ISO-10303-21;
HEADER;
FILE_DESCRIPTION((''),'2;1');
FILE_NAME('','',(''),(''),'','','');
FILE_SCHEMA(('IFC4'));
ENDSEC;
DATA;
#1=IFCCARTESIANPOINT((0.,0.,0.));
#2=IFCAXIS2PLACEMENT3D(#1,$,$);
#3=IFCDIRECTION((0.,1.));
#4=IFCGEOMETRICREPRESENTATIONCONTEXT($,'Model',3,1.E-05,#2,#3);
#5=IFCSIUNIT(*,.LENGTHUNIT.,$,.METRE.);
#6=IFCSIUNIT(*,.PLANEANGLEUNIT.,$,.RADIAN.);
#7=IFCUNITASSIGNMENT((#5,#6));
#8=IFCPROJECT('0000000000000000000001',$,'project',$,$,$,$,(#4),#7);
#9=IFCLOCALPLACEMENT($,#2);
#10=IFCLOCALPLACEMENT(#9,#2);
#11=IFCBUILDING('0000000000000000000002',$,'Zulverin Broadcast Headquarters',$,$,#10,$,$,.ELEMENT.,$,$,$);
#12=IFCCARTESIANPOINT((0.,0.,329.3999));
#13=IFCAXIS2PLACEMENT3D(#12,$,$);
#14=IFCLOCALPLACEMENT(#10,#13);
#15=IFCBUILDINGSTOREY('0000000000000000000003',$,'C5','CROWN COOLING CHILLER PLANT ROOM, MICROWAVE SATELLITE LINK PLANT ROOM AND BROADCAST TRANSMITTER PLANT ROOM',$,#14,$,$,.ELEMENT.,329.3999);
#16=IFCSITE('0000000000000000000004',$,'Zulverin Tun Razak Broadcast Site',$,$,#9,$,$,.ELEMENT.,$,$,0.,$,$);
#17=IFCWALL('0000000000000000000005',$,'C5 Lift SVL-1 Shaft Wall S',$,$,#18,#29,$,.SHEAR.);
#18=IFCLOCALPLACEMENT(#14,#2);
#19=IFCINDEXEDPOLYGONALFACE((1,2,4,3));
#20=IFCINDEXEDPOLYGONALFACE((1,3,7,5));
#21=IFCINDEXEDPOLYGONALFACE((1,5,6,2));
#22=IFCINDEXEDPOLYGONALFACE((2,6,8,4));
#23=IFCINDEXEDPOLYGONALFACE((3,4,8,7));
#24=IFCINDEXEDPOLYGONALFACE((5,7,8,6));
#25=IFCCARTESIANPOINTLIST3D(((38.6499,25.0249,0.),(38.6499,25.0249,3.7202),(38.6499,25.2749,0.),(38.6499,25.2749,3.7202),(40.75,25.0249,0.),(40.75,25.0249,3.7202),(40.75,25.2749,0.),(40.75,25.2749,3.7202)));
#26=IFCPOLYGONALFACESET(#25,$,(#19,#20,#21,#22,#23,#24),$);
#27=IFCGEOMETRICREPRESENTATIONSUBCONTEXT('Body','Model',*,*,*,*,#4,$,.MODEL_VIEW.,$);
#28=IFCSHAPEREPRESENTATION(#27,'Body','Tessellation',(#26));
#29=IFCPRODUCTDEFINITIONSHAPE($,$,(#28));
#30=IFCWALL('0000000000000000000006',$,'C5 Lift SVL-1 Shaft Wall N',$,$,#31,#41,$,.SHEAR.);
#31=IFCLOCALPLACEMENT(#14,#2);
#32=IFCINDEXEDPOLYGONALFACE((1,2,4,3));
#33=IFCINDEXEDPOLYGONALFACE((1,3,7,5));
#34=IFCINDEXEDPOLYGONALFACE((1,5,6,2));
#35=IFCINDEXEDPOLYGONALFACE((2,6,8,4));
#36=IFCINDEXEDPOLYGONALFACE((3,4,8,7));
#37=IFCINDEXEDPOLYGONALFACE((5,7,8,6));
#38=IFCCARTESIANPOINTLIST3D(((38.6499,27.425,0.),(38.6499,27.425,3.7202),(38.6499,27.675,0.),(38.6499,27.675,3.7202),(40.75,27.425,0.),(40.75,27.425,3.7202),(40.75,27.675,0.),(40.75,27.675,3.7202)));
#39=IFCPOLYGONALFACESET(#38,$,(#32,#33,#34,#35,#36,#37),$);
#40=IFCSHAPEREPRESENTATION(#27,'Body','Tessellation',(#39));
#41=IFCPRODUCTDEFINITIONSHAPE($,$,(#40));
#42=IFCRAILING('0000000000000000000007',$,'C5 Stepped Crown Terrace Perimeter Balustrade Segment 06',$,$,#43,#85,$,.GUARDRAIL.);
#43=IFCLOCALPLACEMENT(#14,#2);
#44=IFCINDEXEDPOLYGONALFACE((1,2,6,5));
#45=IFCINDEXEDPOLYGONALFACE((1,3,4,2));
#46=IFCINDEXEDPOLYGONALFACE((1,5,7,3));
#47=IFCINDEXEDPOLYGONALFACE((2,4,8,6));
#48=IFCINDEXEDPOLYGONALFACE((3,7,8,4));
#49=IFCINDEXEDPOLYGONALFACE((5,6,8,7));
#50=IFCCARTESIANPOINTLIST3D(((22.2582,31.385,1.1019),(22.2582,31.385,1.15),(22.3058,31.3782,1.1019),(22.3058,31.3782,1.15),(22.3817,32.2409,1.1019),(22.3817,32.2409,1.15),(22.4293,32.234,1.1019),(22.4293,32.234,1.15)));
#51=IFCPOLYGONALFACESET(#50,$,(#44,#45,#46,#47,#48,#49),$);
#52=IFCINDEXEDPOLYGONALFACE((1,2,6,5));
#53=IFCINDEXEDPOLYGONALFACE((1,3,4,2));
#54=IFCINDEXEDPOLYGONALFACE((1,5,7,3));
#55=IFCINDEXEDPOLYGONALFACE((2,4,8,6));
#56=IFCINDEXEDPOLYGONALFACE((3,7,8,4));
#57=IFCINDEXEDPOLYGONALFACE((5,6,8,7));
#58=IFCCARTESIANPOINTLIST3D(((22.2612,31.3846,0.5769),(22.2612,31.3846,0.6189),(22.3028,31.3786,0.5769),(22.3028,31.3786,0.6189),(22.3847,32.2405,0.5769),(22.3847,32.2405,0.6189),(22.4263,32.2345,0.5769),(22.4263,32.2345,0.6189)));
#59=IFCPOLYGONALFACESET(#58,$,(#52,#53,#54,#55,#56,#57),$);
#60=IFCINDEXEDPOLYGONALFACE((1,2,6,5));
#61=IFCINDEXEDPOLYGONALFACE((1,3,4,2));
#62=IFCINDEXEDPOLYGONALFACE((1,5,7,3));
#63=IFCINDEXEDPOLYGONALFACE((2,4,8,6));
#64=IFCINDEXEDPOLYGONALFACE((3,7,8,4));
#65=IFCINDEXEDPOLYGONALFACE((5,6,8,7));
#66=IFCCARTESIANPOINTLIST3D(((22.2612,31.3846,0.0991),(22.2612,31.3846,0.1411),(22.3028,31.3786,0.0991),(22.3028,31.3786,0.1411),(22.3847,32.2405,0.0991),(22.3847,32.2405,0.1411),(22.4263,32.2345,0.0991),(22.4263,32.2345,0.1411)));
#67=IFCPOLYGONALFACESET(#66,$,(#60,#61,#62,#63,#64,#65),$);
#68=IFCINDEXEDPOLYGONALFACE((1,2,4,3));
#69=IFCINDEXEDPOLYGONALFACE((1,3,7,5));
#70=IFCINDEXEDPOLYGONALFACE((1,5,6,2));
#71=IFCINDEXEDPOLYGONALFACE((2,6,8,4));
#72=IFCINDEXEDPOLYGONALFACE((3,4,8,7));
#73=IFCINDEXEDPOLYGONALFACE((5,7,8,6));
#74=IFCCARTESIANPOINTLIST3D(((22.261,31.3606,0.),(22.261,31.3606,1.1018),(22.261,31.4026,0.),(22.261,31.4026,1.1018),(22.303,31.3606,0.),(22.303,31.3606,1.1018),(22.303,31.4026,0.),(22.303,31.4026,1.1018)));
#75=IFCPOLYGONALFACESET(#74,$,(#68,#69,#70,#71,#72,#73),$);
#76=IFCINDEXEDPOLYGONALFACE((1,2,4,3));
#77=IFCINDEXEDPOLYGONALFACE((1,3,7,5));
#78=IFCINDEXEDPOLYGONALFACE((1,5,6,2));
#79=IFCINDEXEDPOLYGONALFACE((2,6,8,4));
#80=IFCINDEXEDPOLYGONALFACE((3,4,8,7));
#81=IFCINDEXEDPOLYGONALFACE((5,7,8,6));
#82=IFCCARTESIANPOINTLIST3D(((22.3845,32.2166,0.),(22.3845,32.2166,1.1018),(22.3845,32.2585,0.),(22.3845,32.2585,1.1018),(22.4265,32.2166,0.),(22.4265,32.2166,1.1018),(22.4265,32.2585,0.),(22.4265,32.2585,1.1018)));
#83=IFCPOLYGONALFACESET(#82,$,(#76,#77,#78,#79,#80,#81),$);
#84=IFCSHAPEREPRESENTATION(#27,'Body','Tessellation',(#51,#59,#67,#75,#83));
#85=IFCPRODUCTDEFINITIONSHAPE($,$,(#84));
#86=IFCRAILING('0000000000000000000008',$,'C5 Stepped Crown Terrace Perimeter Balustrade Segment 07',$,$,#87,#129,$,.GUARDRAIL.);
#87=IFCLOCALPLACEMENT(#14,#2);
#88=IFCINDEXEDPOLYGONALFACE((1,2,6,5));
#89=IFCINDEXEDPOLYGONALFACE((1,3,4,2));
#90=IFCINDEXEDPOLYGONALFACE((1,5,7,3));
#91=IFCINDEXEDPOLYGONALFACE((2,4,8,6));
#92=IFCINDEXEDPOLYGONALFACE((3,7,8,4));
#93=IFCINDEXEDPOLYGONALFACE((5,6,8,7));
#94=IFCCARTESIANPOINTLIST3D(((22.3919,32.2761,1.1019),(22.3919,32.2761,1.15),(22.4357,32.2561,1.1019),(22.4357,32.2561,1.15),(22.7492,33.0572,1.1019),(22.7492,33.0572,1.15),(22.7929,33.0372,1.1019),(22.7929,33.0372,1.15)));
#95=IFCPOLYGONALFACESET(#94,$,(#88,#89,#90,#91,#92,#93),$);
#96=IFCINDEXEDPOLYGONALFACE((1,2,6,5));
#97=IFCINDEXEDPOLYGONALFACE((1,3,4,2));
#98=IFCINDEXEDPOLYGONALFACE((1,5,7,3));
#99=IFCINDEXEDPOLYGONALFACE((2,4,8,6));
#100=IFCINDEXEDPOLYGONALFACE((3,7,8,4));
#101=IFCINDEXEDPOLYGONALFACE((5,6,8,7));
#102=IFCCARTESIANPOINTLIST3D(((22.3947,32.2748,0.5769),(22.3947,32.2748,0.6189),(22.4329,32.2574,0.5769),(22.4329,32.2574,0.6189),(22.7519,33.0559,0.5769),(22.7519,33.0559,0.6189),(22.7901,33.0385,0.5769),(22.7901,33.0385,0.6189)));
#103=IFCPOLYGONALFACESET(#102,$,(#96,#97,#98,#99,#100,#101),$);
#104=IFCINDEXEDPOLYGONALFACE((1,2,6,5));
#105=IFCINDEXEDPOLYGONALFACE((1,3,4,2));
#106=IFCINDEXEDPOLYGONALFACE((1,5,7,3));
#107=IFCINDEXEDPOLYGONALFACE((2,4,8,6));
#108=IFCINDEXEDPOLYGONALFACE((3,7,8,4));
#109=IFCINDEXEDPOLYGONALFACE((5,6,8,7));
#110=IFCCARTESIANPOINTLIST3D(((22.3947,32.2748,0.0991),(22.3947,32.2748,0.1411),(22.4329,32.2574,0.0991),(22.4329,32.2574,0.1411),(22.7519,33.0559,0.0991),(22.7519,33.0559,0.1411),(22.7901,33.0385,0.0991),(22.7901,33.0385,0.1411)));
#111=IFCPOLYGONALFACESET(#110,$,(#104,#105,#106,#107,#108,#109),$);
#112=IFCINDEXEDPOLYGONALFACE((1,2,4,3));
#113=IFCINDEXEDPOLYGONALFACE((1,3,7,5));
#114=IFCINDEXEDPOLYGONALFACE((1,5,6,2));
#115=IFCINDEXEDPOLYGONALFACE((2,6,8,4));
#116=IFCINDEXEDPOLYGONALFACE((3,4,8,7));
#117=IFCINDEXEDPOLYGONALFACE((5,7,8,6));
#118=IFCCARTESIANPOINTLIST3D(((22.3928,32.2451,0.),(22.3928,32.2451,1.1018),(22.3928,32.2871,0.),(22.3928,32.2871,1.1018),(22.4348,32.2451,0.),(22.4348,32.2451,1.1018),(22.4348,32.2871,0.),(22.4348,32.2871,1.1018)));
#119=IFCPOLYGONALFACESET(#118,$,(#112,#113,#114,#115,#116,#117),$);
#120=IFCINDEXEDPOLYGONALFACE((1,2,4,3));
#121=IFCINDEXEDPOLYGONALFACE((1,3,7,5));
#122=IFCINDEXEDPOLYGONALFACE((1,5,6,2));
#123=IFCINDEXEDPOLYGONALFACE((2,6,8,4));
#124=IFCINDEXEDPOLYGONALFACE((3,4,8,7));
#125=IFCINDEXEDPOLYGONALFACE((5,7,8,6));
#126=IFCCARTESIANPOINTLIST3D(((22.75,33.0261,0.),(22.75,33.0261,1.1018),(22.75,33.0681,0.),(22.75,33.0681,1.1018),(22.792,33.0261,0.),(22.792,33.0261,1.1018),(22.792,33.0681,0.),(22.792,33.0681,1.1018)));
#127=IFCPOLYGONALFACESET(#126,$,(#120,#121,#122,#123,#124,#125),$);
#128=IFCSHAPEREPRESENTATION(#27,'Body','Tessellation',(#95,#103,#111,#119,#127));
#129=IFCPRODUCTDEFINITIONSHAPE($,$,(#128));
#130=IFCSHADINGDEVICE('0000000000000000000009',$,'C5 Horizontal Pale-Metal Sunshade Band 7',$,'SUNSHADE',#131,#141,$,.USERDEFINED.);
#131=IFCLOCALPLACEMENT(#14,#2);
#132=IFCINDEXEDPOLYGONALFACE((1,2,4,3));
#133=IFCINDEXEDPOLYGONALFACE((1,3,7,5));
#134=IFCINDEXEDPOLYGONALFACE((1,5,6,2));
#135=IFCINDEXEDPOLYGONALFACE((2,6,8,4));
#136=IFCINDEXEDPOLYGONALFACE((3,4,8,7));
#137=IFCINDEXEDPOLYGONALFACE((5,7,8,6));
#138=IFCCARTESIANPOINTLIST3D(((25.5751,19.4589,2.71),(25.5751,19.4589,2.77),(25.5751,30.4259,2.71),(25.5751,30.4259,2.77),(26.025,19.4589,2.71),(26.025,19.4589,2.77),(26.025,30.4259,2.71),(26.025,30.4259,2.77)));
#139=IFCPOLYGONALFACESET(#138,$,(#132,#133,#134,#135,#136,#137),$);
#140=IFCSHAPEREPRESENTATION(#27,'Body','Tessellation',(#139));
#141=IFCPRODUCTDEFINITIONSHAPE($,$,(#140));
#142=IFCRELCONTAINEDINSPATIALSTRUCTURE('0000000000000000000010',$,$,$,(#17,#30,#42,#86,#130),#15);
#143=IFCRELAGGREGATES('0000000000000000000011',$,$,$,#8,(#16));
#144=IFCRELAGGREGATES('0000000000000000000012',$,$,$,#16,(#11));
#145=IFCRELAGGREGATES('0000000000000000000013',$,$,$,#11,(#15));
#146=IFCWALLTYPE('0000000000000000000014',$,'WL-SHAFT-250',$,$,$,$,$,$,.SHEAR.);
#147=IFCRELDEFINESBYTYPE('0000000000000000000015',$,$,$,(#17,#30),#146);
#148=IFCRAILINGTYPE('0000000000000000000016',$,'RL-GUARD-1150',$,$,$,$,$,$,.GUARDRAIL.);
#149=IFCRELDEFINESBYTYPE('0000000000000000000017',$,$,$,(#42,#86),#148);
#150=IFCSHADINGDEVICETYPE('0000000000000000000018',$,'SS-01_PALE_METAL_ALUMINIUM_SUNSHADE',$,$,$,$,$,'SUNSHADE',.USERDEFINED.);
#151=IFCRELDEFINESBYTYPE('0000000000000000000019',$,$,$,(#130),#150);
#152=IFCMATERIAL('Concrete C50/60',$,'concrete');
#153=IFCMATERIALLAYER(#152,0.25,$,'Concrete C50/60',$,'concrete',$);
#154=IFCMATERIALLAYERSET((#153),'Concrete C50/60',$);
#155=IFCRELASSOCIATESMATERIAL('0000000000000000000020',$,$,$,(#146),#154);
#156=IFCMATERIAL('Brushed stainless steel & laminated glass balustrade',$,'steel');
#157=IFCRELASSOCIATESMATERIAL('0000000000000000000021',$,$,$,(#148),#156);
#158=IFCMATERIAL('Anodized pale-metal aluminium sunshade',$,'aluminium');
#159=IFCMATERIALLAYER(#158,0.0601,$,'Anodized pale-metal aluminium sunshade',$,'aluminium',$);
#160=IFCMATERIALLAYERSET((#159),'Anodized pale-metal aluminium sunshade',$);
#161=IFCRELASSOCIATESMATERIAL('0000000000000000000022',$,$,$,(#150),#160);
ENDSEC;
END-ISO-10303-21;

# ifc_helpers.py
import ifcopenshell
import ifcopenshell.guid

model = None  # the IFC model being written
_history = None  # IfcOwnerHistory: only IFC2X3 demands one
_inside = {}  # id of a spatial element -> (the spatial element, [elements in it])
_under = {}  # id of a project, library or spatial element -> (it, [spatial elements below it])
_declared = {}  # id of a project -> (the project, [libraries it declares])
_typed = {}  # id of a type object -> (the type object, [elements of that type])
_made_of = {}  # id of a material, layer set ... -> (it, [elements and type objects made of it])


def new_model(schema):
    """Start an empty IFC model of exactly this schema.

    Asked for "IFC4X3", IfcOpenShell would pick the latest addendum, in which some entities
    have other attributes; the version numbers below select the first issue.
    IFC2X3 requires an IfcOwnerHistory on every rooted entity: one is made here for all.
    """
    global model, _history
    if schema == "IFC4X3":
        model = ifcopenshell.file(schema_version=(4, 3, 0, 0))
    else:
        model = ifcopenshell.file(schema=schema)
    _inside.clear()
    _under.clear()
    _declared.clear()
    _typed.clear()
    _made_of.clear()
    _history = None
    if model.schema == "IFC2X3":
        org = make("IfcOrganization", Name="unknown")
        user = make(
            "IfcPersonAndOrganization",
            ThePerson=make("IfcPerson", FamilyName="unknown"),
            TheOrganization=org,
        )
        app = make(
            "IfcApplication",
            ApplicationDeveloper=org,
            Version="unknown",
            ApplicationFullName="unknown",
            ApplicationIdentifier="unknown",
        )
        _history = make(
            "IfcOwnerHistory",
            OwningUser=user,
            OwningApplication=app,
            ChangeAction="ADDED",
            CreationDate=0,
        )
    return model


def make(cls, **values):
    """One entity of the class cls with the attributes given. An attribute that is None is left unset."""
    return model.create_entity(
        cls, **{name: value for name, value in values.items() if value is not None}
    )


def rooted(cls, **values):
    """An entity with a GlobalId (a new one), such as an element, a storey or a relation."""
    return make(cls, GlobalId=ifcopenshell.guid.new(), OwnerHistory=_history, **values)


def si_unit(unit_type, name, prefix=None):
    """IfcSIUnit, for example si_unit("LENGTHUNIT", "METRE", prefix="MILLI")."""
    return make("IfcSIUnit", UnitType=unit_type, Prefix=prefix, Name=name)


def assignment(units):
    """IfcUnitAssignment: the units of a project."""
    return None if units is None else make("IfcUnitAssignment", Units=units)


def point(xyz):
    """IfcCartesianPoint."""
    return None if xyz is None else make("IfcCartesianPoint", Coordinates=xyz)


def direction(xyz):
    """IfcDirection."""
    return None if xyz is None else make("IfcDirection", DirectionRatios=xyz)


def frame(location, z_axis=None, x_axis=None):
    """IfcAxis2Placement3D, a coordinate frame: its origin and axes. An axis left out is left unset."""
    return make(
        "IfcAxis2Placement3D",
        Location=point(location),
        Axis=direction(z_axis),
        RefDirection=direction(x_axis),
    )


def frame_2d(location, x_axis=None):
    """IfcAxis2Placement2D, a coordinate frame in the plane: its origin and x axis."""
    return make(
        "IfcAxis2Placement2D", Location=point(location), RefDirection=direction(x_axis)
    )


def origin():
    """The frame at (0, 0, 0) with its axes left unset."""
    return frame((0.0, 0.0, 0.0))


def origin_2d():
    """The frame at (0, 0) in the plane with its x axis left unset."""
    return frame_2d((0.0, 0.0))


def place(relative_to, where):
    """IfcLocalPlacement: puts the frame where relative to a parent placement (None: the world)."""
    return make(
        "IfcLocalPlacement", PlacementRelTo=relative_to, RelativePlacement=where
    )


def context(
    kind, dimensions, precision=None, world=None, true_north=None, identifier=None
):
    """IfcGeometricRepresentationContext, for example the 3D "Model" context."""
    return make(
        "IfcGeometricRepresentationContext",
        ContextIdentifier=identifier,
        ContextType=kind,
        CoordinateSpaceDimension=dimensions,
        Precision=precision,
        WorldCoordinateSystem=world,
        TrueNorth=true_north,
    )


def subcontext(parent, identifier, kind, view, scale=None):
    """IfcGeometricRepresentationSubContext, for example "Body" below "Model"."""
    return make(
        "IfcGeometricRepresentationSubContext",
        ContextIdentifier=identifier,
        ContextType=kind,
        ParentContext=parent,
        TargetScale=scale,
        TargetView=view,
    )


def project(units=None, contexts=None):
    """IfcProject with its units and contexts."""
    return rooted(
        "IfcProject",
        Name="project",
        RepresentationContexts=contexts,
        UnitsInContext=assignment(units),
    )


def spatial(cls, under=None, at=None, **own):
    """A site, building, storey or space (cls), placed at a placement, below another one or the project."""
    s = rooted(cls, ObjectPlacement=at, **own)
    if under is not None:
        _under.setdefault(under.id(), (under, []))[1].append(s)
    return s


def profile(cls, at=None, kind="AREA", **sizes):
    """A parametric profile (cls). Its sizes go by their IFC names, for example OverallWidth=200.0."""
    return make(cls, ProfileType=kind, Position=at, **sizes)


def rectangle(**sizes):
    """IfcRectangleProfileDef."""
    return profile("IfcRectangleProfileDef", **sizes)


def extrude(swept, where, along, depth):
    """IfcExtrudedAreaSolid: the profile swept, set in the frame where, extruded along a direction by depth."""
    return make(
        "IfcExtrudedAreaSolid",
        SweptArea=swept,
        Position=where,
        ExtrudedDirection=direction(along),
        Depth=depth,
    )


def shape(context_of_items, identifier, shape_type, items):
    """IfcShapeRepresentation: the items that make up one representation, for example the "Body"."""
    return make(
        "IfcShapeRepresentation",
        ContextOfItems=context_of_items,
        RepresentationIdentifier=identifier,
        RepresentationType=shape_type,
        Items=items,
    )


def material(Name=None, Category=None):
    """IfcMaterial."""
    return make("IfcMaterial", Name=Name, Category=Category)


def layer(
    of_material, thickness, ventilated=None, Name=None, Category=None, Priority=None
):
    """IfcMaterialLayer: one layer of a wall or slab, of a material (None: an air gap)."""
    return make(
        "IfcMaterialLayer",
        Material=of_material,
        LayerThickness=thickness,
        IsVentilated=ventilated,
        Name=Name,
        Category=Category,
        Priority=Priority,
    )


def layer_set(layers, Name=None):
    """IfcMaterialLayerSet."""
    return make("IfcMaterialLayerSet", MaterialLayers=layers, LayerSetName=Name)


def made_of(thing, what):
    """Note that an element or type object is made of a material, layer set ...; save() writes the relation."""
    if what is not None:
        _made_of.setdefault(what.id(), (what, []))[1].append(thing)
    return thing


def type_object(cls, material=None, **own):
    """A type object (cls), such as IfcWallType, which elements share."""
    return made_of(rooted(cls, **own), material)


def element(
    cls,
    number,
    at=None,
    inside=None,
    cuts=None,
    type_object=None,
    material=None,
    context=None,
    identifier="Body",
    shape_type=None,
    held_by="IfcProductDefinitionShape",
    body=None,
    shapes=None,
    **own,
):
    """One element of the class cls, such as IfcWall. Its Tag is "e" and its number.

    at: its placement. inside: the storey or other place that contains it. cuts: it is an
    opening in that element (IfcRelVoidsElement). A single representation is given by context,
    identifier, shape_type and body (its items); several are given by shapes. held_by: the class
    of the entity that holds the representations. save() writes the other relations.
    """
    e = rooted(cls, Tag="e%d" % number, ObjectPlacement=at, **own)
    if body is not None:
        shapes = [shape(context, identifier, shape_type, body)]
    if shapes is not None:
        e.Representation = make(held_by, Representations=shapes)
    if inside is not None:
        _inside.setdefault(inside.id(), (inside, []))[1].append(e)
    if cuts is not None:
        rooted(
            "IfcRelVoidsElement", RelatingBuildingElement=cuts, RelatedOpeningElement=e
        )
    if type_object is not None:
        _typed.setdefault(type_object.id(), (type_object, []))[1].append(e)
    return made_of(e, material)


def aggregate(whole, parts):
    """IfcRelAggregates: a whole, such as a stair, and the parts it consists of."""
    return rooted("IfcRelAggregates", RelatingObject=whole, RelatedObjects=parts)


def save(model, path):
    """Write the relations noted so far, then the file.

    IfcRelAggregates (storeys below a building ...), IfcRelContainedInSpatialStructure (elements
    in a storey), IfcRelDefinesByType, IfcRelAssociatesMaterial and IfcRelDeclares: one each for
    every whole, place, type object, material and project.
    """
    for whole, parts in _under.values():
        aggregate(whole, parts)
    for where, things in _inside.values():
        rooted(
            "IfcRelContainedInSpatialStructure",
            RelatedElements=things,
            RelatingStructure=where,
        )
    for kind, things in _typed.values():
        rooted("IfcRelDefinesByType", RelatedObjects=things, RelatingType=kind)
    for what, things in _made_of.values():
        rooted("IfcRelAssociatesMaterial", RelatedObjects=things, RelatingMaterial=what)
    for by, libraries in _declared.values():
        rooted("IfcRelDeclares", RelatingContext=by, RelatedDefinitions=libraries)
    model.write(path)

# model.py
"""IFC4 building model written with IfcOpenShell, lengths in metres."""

from ifc_helpers import new_model, si_unit, direction, frame, frame_2d, origin, origin_2d, place, context, subcontext, project, spatial, rectangle, extrude, material, layer, layer_set, type_object, element, save


model = new_model("IFC4")

# Units and contexts
model_context = context("Model", 3, precision=1e-05, world=origin(), true_north=direction((0.0, 1.0)))
body_context = subcontext(model_context, "Body", "Model", "MODEL_VIEW")
ifc_project = project(units=[si_unit("LENGTHUNIT", "METRE"), si_unit("PLANEANGLEUNIT", "RADIAN")], contexts=[model_context])

# Site, building, storey
site_placement = place(None, origin())
site = spatial("IfcSite", under=ifc_project, at=site_placement, Name="Zulverin Tun Razak Broadcast Site", CompositionType="ELEMENT", RefElevation=0.0)
building_placement = place(site_placement, origin())
building = spatial("IfcBuilding", under=site, at=building_placement, Name="Zulverin Broadcast Headquarters", CompositionType="ELEMENT")
storey_placement = place(building_placement, frame((0.0, 0.0, 329.3999)))
storey = spatial("IfcBuildingStorey", under=building, at=storey_placement, Name="C5", Description="CROWN COOLING CHILLER PLANT ROOM, MICROWAVE SATELLITE LINK PLANT ROOM AND BROADCAST TRANSMITTER PLANT ROOM", CompositionType="ELEMENT", Elevation=329.3999)

# Shared definitions
ifc_material_1 = material(Name="Concrete C50/60", Category="concrete")
ifc_layer_1 = layer(ifc_material_1, 0.25, Name="Concrete C50/60", Category="concrete")
ifc_layer_set_1 = layer_set([ifc_layer_1], Name="Concrete C50/60")
wall_type_1 = type_object("IfcWallType", Name="WL-SHAFT-250", PredefinedType="SHEAR", material=ifc_layer_set_1)

# Walls
for number, where, z_axis, x_axis, name in (
    (1, (38.6499, 25.1499, 0.0), (0.0, 0.0, 1.0), (1.0, 0.0, 0.0), "C5 Lift SVL-1 Shaft Wall S"),
    (2, (38.6499, 27.55, 0.0), (0.0, 0.0, 1.0), (1.0, 0.0, 0.0), "C5 Lift SVL-1 Shaft Wall N"),
):
    element("IfcWall", number, at=place(storey_placement, frame(where, z_axis=z_axis, x_axis=x_axis)), inside=storey, type_object=wall_type_1, Name=name, PredefinedType="SHEAR", context=body_context, shape_type="SweptSolid", body=[
        extrude(rectangle(XDim=2.1001, YDim=0.25, at=frame_2d((1.05, 0.0))), origin(), (0.0, 0.0, 1.0), 3.7202),
    ])

# Railings
ifc_material_2 = material(Name="Brushed stainless steel & laminated glass balustrade", Category="steel")
railing_type = type_object("IfcRailingType", Name="RL-GUARD-1150", PredefinedType="GUARDRAIL", material=ifc_material_2)
railing_1_placement = place(storey_placement, frame((22.282, 31.3816, 0.0)))
element("IfcRailing", 3, at=railing_1_placement, inside=storey, type_object=railing_type, Name="C5 Stepped Crown Terrace Perimeter Balustrade Segment 06", PredefinedType="GUARDRAIL", context=body_context, shape_type="SweptSolid", body=[
    extrude(rectangle(XDim=0.0481, YDim=0.0481, at=origin_2d()), frame((0.0, 0.0, 1.126), z_axis=(0.142844, 0.989745, 0.0), x_axis=(-0.989745, 0.142844, 0.0)), (0.0, 0.0, 1.0), 0.8647),
    extrude(rectangle(XDim=0.042, YDim=0.042, at=origin_2d()), frame((0.0, 0.0, 0.5979), z_axis=(0.142844, 0.989745, 0.0), x_axis=(-0.989745, 0.142844, 0.0)), (0.0, 0.0, 1.0), 0.8647),
    extrude(rectangle(XDim=0.042, YDim=0.042, at=origin_2d()), frame((0.0, 0.0, 0.1201), z_axis=(0.142844, 0.989745, 0.0), x_axis=(-0.989745, 0.142844, 0.0)), (0.0, 0.0, 1.0), 0.8647),
    extrude(rectangle(XDim=0.042, YDim=0.042, at=origin_2d()), origin(), (0.0, 0.0, 1.0), 1.1018),
    extrude(rectangle(XDim=0.042, YDim=0.042, at=origin_2d()), frame((0.1235, 0.856, 0.0)), (0.0, 0.0, 1.0), 1.1018),
])
railing_2_placement = place(storey_placement, frame((22.4138, 32.2661, 0.0)))
element("IfcRailing", 4, at=railing_2_placement, inside=storey, type_object=railing_type, Name="C5 Stepped Crown Terrace Perimeter Balustrade Segment 07", PredefinedType="GUARDRAIL", context=body_context, shape_type="SweptSolid", body=[
    extrude(rectangle(XDim=0.0481, YDim=0.0481, at=origin_2d()), frame((0.0, 0.0, 1.126), z_axis=(0.415901, 0.90941, 0.0), x_axis=(-0.90941, 0.415901, 0.0)), (0.0, 0.0, 1.0), 0.8589),
    extrude(rectangle(XDim=0.042, YDim=0.042, at=origin_2d()), frame((0.0, 0.0, 0.5979), z_axis=(0.415901, 0.90941, 0.0), x_axis=(-0.90941, 0.415901, 0.0)), (0.0, 0.0, 1.0), 0.8589),
    extrude(rectangle(XDim=0.042, YDim=0.042, at=origin_2d()), frame((0.0, 0.0, 0.1201), z_axis=(0.415901, 0.90941, 0.0), x_axis=(-0.90941, 0.415901, 0.0)), (0.0, 0.0, 1.0), 0.8589),
    extrude(rectangle(XDim=0.042, YDim=0.042, at=origin_2d()), origin(), (0.0, 0.0, 1.0), 1.1018),
    extrude(rectangle(XDim=0.042, YDim=0.042, at=origin_2d()), frame((0.3572, 0.781, 0.0)), (0.0, 0.0, 1.0), 1.1018),
])

# Shading device
ifc_material_3 = material(Name="Anodized pale-metal aluminium sunshade", Category="aluminium")
ifc_layer_2 = layer(ifc_material_3, 0.0601, Name="Anodized pale-metal aluminium sunshade", Category="aluminium")
ifc_layer_set_2 = layer_set([ifc_layer_2], Name="Anodized pale-metal aluminium sunshade")
shading_device_type = type_object("IfcShadingDeviceType", Name="SS-01_PALE_METAL_ALUMINIUM_SUNSHADE", ElementType="SUNSHADE", PredefinedType="USERDEFINED", material=ifc_layer_set_2)
shading_device_placement = place(storey_placement, frame((25.8, 24.9424, 2.71), z_axis=(0.0, 0.0, 1.0), x_axis=(0.0, -1.0, 0.0)))
element("IfcShadingDevice", 5, at=shading_device_placement, inside=storey, type_object=shading_device_type, Name="C5 Horizontal Pale-Metal Sunshade Band 7", ObjectType="SUNSHADE", PredefinedType="USERDEFINED", context=body_context, shape_type="SweptSolid", body=[
    extrude(rectangle(XDim=10.967, YDim=0.45, at=origin_2d()), origin(), (0.0, 0.0, 1.0), 0.0601),
])

save(model, "model.ifc")
